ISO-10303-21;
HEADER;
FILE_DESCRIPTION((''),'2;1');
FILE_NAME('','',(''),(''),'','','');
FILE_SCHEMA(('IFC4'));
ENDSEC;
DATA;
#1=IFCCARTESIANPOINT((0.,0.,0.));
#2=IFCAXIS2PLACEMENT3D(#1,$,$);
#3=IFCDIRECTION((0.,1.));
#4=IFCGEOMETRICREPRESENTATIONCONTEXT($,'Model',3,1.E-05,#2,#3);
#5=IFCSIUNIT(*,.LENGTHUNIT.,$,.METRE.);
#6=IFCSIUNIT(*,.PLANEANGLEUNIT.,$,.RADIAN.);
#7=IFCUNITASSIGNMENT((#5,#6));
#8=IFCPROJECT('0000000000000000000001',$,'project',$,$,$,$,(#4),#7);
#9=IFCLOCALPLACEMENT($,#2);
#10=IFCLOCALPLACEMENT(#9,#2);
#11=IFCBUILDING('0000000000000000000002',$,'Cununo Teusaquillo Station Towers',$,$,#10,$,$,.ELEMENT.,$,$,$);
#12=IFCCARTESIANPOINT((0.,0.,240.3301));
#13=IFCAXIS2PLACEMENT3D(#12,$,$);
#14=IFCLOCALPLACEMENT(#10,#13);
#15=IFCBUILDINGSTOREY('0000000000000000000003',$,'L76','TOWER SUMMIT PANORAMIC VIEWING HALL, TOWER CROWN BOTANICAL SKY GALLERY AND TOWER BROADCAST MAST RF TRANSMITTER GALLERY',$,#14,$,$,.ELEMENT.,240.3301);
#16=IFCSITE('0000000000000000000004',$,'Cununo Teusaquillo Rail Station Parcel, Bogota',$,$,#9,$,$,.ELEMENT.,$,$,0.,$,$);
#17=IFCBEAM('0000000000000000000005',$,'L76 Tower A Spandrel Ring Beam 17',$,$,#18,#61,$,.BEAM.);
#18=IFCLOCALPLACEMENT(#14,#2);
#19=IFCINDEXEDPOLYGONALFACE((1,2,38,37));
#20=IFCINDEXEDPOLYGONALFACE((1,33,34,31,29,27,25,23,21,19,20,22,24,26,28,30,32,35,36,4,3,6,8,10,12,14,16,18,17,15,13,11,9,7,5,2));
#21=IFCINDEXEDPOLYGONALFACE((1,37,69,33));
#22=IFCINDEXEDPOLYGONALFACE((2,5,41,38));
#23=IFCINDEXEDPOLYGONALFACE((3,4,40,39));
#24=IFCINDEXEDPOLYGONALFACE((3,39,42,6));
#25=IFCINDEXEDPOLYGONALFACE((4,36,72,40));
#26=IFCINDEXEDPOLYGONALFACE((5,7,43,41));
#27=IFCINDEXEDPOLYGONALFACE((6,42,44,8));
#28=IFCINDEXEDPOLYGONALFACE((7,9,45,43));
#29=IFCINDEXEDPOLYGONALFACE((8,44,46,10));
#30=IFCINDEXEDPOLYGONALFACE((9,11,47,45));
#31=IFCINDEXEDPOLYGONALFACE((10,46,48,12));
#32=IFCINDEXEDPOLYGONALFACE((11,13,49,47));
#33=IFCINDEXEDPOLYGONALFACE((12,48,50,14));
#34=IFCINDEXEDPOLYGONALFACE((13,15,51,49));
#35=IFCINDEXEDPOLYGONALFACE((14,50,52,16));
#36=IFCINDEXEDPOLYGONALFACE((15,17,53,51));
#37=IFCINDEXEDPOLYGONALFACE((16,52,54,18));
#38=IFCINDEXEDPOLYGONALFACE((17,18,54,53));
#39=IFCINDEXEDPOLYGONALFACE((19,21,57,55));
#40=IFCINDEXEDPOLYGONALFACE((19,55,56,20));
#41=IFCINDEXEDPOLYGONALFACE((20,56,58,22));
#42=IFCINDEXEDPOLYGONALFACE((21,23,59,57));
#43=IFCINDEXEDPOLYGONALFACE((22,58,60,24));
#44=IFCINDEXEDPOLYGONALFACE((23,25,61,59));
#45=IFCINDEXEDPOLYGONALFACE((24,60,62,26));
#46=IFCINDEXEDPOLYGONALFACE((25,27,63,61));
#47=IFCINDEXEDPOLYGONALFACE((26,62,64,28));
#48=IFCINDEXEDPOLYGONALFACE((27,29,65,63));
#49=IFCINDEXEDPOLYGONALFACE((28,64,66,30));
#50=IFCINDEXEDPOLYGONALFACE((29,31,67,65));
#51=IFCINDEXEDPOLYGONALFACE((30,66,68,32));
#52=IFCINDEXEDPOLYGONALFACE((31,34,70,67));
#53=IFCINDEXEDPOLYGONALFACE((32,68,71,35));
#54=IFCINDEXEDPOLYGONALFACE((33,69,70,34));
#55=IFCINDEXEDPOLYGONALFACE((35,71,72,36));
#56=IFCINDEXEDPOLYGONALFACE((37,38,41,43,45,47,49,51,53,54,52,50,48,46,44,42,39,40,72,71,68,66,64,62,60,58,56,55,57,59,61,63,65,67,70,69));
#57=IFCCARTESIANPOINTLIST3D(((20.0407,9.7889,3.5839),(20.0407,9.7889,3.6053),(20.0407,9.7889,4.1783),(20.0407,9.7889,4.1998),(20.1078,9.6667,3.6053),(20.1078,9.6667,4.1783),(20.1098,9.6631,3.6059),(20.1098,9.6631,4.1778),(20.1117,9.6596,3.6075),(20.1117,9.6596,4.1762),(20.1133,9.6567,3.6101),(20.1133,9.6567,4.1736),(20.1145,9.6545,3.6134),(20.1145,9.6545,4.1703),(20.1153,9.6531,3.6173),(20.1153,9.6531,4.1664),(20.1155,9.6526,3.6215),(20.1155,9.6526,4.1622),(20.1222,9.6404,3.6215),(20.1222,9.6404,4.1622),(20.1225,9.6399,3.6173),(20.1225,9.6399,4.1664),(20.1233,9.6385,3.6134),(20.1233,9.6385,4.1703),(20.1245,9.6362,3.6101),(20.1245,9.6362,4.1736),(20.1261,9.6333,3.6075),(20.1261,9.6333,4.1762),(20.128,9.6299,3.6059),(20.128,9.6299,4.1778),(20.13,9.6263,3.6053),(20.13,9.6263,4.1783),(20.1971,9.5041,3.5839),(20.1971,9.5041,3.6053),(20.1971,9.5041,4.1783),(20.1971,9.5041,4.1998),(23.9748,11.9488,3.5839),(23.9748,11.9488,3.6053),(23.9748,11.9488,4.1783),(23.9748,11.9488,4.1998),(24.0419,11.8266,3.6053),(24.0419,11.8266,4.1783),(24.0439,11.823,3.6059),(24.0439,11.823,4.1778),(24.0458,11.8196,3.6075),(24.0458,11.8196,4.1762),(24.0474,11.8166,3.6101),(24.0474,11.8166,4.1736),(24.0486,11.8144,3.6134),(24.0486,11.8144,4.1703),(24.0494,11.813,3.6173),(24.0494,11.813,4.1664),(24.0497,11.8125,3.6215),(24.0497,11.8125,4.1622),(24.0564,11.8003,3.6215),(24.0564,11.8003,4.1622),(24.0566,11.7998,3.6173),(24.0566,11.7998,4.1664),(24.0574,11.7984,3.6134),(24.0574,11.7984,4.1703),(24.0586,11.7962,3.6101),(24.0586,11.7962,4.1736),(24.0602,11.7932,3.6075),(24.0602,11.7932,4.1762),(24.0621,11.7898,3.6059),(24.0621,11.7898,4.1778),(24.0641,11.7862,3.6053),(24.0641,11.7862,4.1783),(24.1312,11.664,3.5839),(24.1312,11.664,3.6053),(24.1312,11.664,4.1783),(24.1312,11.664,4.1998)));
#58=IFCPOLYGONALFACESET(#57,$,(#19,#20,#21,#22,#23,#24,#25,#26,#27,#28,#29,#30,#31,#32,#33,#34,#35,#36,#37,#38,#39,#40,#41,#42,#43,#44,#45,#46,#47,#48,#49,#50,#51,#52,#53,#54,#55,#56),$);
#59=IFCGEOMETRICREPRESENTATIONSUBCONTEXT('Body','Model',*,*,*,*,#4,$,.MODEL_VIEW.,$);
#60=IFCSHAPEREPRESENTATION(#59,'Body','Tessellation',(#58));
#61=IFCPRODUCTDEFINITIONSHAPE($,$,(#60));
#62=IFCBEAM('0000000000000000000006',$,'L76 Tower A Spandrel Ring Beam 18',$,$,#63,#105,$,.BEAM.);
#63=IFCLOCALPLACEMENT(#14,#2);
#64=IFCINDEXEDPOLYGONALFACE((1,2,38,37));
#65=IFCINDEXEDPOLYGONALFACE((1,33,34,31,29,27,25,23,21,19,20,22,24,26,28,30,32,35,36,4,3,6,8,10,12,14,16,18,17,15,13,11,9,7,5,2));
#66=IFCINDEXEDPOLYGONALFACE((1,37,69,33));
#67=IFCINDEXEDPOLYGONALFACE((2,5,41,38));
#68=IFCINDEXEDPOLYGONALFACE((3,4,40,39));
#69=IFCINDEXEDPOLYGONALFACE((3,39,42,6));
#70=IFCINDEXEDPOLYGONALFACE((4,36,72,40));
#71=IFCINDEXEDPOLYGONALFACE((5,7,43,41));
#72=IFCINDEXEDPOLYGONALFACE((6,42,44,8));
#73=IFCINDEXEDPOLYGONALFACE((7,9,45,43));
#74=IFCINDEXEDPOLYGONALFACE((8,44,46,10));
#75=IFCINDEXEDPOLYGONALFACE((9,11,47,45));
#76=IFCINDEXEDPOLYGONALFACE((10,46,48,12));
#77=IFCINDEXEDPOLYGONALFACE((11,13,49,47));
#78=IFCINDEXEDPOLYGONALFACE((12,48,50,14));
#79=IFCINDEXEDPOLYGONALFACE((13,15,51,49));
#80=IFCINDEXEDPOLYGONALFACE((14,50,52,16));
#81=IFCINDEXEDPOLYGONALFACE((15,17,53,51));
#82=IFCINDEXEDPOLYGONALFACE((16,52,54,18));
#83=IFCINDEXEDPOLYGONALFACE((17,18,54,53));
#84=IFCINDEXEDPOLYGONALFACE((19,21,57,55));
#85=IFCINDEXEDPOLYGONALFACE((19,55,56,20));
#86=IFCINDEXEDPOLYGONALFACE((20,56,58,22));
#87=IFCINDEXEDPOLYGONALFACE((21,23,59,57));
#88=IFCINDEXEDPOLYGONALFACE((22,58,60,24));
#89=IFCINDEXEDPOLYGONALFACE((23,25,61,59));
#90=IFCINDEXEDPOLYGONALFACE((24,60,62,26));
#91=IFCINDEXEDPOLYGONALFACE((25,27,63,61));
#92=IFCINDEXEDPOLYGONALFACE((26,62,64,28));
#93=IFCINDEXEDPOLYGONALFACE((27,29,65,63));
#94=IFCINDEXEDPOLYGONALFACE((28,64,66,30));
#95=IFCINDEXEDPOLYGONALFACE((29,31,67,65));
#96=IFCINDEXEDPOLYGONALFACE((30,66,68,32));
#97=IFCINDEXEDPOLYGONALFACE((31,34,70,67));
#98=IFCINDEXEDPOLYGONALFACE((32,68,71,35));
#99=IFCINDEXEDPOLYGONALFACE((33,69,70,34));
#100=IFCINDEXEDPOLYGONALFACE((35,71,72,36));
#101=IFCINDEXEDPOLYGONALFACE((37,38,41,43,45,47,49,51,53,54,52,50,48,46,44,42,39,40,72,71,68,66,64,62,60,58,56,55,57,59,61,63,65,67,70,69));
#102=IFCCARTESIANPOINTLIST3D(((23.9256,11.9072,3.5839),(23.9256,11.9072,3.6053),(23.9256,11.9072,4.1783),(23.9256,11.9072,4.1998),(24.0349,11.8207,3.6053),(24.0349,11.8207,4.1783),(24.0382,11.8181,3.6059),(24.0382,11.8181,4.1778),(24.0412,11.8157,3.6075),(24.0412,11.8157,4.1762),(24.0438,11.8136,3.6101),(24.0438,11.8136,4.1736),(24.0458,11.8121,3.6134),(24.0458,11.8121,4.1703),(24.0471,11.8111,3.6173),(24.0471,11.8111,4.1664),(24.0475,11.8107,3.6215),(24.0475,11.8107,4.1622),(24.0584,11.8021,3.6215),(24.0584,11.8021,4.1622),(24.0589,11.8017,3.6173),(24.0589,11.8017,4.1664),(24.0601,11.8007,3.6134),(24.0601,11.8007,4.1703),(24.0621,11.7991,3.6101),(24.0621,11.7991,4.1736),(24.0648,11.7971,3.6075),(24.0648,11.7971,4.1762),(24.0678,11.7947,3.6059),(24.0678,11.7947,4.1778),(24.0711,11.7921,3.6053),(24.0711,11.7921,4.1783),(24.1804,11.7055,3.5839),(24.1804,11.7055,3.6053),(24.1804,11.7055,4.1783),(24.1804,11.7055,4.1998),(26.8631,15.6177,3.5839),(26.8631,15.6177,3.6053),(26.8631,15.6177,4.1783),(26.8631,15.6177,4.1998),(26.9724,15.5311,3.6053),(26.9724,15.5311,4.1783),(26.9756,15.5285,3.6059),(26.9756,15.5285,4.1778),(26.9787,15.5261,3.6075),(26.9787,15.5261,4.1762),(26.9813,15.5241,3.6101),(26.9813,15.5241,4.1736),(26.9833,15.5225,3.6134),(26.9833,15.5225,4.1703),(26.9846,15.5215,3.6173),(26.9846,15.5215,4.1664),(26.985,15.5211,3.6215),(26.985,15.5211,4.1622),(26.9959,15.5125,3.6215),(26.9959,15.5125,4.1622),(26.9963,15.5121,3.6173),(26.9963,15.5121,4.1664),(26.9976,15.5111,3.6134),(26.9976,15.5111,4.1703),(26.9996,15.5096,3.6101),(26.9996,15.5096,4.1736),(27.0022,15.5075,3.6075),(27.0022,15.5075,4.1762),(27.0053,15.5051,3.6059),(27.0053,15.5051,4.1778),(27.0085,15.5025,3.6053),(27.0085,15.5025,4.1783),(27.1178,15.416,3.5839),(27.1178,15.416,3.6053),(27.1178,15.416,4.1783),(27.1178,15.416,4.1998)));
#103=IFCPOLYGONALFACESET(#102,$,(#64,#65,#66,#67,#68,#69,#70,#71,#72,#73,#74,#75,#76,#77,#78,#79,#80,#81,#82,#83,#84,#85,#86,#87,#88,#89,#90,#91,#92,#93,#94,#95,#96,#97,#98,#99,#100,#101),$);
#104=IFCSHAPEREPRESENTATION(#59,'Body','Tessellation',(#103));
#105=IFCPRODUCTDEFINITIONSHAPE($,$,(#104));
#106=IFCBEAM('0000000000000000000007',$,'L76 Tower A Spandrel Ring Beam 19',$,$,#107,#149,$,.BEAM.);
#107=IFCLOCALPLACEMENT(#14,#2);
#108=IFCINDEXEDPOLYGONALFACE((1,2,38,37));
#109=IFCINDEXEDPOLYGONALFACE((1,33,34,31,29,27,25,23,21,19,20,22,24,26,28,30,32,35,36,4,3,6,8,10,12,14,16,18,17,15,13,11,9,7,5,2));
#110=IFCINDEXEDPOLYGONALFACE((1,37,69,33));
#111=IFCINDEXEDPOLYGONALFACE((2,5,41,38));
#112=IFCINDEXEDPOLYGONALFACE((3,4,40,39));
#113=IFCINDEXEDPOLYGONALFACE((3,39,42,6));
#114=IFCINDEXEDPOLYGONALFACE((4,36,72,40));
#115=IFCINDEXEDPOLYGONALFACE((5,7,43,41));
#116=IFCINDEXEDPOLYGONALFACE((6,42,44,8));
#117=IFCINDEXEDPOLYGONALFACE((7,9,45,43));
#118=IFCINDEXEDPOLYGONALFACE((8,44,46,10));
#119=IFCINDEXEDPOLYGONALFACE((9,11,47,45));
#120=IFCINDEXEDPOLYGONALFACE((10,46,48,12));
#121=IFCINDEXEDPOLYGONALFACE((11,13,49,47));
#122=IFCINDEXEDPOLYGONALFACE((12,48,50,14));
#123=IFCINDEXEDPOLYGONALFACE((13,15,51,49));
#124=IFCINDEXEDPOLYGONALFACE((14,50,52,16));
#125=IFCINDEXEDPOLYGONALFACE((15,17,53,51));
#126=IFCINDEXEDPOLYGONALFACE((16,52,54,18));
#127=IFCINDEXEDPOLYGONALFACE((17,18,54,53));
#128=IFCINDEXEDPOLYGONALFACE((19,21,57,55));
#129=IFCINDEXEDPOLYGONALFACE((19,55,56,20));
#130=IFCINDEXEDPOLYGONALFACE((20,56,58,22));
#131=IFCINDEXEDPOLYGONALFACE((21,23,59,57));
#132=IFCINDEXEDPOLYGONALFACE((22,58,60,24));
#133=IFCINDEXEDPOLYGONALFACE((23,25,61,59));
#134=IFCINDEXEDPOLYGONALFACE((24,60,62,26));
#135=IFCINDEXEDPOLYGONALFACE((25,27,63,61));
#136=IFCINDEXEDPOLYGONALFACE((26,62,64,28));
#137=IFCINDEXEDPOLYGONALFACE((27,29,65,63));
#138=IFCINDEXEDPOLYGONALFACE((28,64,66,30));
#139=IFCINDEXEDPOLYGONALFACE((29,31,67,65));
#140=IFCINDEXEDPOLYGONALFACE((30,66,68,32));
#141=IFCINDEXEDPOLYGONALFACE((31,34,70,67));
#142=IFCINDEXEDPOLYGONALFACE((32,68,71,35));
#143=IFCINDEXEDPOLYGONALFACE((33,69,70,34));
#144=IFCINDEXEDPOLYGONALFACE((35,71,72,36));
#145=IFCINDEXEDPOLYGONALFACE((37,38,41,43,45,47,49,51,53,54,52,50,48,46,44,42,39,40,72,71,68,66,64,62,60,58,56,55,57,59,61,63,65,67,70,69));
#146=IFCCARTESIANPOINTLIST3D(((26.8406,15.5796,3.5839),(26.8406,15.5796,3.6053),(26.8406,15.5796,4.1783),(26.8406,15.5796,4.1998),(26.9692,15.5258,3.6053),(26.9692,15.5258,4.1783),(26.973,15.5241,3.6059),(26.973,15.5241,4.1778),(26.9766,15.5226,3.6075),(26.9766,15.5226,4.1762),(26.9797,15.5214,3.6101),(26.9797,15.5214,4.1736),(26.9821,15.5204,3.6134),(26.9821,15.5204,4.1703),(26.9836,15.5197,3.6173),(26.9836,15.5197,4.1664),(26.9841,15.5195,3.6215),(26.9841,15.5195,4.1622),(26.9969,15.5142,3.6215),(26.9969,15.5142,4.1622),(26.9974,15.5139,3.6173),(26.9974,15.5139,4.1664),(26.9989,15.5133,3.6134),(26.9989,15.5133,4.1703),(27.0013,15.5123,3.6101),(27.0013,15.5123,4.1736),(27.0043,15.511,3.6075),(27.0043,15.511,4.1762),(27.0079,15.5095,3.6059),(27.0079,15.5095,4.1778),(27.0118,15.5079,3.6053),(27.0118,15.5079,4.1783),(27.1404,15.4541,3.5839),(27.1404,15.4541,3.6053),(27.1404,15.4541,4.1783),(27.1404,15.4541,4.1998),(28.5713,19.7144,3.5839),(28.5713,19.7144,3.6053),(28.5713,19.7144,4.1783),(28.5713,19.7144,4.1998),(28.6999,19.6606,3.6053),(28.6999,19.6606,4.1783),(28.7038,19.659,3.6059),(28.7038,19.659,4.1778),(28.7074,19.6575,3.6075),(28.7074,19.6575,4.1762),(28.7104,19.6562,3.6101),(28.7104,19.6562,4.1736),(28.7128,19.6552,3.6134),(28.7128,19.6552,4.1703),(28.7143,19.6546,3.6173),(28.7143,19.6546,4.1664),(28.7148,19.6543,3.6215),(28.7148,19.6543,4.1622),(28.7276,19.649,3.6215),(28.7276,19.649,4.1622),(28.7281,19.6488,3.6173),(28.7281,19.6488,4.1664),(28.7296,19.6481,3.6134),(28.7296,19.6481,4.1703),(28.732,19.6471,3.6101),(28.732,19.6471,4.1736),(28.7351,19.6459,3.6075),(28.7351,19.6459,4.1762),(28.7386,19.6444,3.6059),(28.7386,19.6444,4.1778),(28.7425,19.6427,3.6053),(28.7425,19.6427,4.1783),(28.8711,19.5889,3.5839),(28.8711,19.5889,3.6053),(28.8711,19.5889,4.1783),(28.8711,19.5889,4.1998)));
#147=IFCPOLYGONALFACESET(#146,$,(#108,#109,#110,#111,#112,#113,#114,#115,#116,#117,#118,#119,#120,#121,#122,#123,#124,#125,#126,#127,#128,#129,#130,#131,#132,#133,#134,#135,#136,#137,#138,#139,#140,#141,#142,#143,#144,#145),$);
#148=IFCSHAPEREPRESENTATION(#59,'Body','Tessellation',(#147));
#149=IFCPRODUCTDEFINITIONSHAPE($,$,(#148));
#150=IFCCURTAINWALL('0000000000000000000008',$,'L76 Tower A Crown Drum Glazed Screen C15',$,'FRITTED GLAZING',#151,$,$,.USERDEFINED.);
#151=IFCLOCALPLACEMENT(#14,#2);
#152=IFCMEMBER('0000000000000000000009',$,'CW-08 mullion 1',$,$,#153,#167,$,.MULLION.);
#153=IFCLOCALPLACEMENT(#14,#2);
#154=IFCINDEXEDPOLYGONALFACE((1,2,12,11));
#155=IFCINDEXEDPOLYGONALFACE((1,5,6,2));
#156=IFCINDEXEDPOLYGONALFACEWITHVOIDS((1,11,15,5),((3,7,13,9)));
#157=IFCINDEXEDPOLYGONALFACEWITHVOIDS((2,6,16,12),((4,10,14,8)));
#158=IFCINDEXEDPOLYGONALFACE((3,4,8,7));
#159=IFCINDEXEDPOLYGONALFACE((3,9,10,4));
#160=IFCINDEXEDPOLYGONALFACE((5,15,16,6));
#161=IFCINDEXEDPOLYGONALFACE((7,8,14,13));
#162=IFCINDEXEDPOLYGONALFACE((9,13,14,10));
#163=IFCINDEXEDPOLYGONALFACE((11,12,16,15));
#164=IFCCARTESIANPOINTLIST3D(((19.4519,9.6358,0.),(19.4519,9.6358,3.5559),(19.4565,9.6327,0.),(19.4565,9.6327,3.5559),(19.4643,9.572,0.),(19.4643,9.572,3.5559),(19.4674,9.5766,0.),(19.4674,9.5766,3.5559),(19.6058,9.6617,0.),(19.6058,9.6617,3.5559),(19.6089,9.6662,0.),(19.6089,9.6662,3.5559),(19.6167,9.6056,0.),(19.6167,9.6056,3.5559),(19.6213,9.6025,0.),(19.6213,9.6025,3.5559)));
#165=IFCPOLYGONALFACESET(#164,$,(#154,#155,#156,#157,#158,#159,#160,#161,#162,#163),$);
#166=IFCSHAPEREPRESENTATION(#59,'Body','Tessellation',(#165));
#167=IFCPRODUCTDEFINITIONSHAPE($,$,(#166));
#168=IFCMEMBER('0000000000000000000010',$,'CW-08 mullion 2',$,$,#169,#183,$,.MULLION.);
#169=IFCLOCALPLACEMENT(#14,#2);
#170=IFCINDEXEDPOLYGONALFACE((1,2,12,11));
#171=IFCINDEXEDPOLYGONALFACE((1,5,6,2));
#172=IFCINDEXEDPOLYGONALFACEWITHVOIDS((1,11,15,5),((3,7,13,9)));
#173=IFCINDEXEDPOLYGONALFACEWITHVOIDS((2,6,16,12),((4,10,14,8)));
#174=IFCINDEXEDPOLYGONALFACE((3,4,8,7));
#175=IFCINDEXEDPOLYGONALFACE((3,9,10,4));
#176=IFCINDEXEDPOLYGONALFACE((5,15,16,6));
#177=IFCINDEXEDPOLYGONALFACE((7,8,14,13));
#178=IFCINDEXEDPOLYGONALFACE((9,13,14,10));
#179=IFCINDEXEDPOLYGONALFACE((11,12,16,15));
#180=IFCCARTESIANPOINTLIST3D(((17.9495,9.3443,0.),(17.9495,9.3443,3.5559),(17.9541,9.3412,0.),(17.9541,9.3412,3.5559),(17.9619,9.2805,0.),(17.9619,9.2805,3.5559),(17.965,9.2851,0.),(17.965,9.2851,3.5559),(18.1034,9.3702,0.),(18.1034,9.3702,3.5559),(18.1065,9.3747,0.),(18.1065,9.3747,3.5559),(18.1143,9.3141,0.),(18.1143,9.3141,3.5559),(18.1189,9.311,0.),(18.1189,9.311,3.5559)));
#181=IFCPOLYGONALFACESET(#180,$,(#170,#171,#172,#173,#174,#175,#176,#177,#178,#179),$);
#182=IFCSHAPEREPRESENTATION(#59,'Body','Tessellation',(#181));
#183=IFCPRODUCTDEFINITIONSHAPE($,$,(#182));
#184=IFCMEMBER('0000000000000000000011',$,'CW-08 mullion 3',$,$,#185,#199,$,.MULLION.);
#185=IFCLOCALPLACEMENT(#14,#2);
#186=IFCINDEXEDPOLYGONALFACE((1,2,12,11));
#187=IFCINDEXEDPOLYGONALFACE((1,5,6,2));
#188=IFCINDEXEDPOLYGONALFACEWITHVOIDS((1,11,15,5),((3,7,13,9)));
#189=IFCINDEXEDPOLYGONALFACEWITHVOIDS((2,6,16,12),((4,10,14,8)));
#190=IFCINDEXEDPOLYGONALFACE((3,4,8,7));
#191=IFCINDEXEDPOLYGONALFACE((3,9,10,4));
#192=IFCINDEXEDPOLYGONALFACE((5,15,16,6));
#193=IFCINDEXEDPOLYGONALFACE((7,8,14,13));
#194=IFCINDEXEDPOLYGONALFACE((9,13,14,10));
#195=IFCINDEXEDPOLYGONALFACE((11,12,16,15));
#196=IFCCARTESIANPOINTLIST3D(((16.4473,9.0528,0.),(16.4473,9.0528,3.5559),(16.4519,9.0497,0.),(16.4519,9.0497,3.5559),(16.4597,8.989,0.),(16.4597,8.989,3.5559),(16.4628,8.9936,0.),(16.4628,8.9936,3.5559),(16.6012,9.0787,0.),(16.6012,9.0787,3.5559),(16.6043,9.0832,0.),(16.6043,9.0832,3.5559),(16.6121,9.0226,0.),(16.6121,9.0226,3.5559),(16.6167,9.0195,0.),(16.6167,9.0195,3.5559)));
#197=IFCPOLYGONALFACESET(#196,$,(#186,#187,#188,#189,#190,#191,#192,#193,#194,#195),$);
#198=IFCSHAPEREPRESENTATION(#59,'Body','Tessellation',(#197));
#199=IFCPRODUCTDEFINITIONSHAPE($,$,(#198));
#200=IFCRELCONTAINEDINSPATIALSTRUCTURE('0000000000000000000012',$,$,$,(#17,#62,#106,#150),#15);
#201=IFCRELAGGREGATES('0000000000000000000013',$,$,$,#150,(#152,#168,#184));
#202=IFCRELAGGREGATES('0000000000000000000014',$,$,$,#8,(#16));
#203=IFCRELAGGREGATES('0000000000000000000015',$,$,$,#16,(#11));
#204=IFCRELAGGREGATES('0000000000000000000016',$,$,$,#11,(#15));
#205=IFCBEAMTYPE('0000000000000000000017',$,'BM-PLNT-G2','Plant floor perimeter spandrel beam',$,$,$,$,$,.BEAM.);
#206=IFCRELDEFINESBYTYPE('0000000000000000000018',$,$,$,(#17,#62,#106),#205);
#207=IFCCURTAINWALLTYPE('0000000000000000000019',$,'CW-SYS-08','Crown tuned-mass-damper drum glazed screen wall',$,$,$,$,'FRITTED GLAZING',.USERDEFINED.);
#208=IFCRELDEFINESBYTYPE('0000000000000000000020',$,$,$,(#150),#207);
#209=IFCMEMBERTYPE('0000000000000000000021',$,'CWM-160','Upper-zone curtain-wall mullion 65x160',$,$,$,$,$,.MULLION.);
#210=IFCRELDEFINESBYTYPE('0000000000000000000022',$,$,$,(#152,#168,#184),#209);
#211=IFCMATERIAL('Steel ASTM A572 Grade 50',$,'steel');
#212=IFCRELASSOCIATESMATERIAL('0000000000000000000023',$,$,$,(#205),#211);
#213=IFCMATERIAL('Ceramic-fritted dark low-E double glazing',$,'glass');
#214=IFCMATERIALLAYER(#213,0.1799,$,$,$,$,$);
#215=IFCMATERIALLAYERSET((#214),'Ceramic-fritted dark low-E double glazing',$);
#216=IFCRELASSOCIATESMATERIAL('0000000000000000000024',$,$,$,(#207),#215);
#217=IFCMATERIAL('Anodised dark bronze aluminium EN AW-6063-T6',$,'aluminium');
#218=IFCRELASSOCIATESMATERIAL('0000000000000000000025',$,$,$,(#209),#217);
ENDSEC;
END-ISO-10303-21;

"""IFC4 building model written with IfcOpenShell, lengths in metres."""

from ifc_helpers import new_model, si_unit, direction, frame, origin, origin_2d, place, context, subcontext, project, spatial, hollow_rectangle, i_section, extrude, material, layer, layer_set, material_profile, profile_set, type_object, element, aggregate, save


model = new_model("IFC4")

# Units and contexts
model_context = context("Model", 3, precision=1e-05, world=origin(), true_north=direction((0.0, 1.0)))
body_context = subcontext(model_context, "Body", "Model", "MODEL_VIEW")
ifc_project = project(units=[si_unit("LENGTHUNIT", "METRE"), si_unit("PLANEANGLEUNIT", "RADIAN")], contexts=[model_context])

# Site, building, storey
site_placement = place(None, origin())
site = spatial("IfcSite", under=ifc_project, at=site_placement, Name="Cununo Teusaquillo Rail Station Parcel, Bogota", CompositionType="ELEMENT", RefElevation=0.0)
building_placement = place(site_placement, origin())
building = spatial("IfcBuilding", under=site, at=building_placement, Name="Cununo Teusaquillo Station Towers", CompositionType="ELEMENT")
storey_placement = place(building_placement, frame((0.0, 0.0, 240.3301)))
storey = spatial("IfcBuildingStorey", under=building, at=storey_placement, Name="L76", Description="TOWER SUMMIT PANORAMIC VIEWING HALL, TOWER CROWN BOTANICAL SKY GALLERY AND TOWER BROADCAST MAST RF TRANSMITTER GALLERY", CompositionType="ELEMENT", Elevation=240.3301)

# Beams
ifc_material_1 = material(Name="Steel ASTM A572 Grade 50", Category="steel")
ifc_material_profile_1 = material_profile(ifc_material_1, i_section(OverallWidth=0.325, OverallDepth=0.616, WebThickness=0.0139, FlangeThickness=0.0215, FilletRadius=0.0161, at=origin_2d()), Name="W24X117")
ifc_profile_set_1 = profile_set([ifc_material_profile_1], Name="Steel ASTM A572 Grade 50")
beam_type = type_object("IfcBeamType", Name="BM-PLNT-G2", Description="Plant floor perimeter spandrel beam", PredefinedType="BEAM", material=ifc_profile_set_1)
beam_1_placement = place(storey_placement, frame((20.1189, 9.6465, 3.8918), z_axis=(0.876576, 0.481263, 0.0), x_axis=(-0.481263, 0.876576, 0.0)))
element("IfcBeam", 1, at=beam_1_placement, inside=storey, type_object=beam_type, Name="L76 Tower A Spandrel Ring Beam 17", PredefinedType="BEAM", context=body_context, shape_type="SweptSolid", body=[
    extrude(i_section(OverallWidth=0.325, OverallDepth=0.616, WebThickness=0.0139, FlangeThickness=0.0215, FilletRadius=0.0161, at=origin_2d()), origin(), (0.0, 0.0, 1.0), 4.488),
])
beam_2_placement = place(storey_placement, frame((24.053, 11.8064, 3.8918), z_axis=(0.620711, 0.78404, 0.0), x_axis=(-0.78404, 0.620711, 0.0)))
element("IfcBeam", 2, at=beam_2_placement, inside=storey, type_object=beam_type, Name="L76 Tower A Spandrel Ring Beam 18", PredefinedType="BEAM", context=body_context, shape_type="SweptSolid", body=[
    extrude(i_section(OverallWidth=0.325, OverallDepth=0.616, WebThickness=0.0139, FlangeThickness=0.0215, FilletRadius=0.0161, at=origin_2d()), origin(), (0.0, 0.0, 1.0), 4.7324),
])
beam_3_placement = place(storey_placement, frame((26.9905, 15.5168, 3.8918), z_axis=(0.386115, 0.92245, 0.0), x_axis=(-0.92245, 0.386115, 0.0)))
element("IfcBeam", 3, at=beam_3_placement, inside=storey, type_object=beam_type, Name="L76 Tower A Spandrel Ring Beam 19", PredefinedType="BEAM", context=body_context, shape_type="SweptSolid", body=[
    extrude(i_section(OverallWidth=0.325, OverallDepth=0.616, WebThickness=0.0139, FlangeThickness=0.0215, FilletRadius=0.0161, at=origin_2d()), origin(), (0.0, 0.0, 1.0), 4.4824),
])

# Curtain wall, members
ifc_material_2 = material(Name="Ceramic-fritted dark low-E double glazing", Category="glass")
ifc_layer_1 = layer(ifc_material_2, 0.1799)
ifc_layer_set_1 = layer_set([ifc_layer_1], Name="Ceramic-fritted dark low-E double glazing")
curtain_wall_type = type_object("IfcCurtainWallType", Name="CW-SYS-08", Description="Crown tuned-mass-damper drum glazed screen wall", ElementType="FRITTED GLAZING", PredefinedType="USERDEFINED", material=ifc_layer_set_1)
curtain_wall_placement = place(storey_placement, origin())
curtain_wall = element("IfcCurtainWall", 4, at=curtain_wall_placement, inside=storey, type_object=curtain_wall_type, Name="L76 Tower A Crown Drum Glazed Screen C15", ObjectType="FRITTED GLAZING", PredefinedType="USERDEFINED")
ifc_material_3 = material(Name="Anodised dark bronze aluminium EN AW-6063-T6", Category="aluminium")
ifc_material_profile_2 = material_profile(ifc_material_3, hollow_rectangle(XDim=0.0649, YDim=0.1599, WallThickness=0.0039, at=origin_2d()), Name="CW-MULL-65x160")
ifc_profile_set_2 = profile_set([ifc_material_profile_2], Name="Anodised dark bronze aluminium EN AW-6063-T6")
member_type_1 = type_object("IfcMemberType", Name="CWM-160", Description="Upper-zone curtain-wall mullion 65x160", PredefinedType="MULLION", material=ifc_profile_set_2)
member_1_placement = place(storey_placement, frame((19.5366, 9.6191, 0.0), z_axis=(0.0, 0.0, 1.0), x_axis=(0.190453, -0.981696, 0.0)))
member_1 = element("IfcMember", 5, at=member_1_placement, type_object=member_type_1, Name="CW-08 mullion 1", PredefinedType="MULLION", context=body_context, shape_type="SweptSolid", body=[
    extrude(hollow_rectangle(XDim=0.0649, YDim=0.1599, WallThickness=0.0039, at=origin_2d()), origin(), (0.0, 0.0, 1.0), 3.5559),
])
member_2_placement = place(storey_placement, frame((18.0342, 9.3276, 0.0), z_axis=(0.0, 0.0, 1.0), x_axis=(0.190453, -0.981696, 0.0)))
member_2 = element("IfcMember", 6, at=member_2_placement, type_object=member_type_1, Name="CW-08 mullion 2", PredefinedType="MULLION", context=body_context, shape_type="SweptSolid", body=[
    extrude(hollow_rectangle(XDim=0.0649, YDim=0.1599, WallThickness=0.0039, at=origin_2d()), origin(), (0.0, 0.0, 1.0), 3.5559),
])
member_3_placement = place(storey_placement, frame((16.532, 9.0361, 0.0), z_axis=(0.0, 0.0, 1.0), x_axis=(0.190453, -0.981696, 0.0)))
member_3 = element("IfcMember", 7, at=member_3_placement, type_object=member_type_1, Name="CW-08 mullion 3", PredefinedType="MULLION", context=body_context, shape_type="SweptSolid", body=[
    extrude(hollow_rectangle(XDim=0.0649, YDim=0.1599, WallThickness=0.0039, at=origin_2d()), origin(), (0.0, 0.0, 1.0), 3.5559),
])

aggregate(curtain_wall, [member_1, member_2, member_3])

save(model, "model.ifc")
